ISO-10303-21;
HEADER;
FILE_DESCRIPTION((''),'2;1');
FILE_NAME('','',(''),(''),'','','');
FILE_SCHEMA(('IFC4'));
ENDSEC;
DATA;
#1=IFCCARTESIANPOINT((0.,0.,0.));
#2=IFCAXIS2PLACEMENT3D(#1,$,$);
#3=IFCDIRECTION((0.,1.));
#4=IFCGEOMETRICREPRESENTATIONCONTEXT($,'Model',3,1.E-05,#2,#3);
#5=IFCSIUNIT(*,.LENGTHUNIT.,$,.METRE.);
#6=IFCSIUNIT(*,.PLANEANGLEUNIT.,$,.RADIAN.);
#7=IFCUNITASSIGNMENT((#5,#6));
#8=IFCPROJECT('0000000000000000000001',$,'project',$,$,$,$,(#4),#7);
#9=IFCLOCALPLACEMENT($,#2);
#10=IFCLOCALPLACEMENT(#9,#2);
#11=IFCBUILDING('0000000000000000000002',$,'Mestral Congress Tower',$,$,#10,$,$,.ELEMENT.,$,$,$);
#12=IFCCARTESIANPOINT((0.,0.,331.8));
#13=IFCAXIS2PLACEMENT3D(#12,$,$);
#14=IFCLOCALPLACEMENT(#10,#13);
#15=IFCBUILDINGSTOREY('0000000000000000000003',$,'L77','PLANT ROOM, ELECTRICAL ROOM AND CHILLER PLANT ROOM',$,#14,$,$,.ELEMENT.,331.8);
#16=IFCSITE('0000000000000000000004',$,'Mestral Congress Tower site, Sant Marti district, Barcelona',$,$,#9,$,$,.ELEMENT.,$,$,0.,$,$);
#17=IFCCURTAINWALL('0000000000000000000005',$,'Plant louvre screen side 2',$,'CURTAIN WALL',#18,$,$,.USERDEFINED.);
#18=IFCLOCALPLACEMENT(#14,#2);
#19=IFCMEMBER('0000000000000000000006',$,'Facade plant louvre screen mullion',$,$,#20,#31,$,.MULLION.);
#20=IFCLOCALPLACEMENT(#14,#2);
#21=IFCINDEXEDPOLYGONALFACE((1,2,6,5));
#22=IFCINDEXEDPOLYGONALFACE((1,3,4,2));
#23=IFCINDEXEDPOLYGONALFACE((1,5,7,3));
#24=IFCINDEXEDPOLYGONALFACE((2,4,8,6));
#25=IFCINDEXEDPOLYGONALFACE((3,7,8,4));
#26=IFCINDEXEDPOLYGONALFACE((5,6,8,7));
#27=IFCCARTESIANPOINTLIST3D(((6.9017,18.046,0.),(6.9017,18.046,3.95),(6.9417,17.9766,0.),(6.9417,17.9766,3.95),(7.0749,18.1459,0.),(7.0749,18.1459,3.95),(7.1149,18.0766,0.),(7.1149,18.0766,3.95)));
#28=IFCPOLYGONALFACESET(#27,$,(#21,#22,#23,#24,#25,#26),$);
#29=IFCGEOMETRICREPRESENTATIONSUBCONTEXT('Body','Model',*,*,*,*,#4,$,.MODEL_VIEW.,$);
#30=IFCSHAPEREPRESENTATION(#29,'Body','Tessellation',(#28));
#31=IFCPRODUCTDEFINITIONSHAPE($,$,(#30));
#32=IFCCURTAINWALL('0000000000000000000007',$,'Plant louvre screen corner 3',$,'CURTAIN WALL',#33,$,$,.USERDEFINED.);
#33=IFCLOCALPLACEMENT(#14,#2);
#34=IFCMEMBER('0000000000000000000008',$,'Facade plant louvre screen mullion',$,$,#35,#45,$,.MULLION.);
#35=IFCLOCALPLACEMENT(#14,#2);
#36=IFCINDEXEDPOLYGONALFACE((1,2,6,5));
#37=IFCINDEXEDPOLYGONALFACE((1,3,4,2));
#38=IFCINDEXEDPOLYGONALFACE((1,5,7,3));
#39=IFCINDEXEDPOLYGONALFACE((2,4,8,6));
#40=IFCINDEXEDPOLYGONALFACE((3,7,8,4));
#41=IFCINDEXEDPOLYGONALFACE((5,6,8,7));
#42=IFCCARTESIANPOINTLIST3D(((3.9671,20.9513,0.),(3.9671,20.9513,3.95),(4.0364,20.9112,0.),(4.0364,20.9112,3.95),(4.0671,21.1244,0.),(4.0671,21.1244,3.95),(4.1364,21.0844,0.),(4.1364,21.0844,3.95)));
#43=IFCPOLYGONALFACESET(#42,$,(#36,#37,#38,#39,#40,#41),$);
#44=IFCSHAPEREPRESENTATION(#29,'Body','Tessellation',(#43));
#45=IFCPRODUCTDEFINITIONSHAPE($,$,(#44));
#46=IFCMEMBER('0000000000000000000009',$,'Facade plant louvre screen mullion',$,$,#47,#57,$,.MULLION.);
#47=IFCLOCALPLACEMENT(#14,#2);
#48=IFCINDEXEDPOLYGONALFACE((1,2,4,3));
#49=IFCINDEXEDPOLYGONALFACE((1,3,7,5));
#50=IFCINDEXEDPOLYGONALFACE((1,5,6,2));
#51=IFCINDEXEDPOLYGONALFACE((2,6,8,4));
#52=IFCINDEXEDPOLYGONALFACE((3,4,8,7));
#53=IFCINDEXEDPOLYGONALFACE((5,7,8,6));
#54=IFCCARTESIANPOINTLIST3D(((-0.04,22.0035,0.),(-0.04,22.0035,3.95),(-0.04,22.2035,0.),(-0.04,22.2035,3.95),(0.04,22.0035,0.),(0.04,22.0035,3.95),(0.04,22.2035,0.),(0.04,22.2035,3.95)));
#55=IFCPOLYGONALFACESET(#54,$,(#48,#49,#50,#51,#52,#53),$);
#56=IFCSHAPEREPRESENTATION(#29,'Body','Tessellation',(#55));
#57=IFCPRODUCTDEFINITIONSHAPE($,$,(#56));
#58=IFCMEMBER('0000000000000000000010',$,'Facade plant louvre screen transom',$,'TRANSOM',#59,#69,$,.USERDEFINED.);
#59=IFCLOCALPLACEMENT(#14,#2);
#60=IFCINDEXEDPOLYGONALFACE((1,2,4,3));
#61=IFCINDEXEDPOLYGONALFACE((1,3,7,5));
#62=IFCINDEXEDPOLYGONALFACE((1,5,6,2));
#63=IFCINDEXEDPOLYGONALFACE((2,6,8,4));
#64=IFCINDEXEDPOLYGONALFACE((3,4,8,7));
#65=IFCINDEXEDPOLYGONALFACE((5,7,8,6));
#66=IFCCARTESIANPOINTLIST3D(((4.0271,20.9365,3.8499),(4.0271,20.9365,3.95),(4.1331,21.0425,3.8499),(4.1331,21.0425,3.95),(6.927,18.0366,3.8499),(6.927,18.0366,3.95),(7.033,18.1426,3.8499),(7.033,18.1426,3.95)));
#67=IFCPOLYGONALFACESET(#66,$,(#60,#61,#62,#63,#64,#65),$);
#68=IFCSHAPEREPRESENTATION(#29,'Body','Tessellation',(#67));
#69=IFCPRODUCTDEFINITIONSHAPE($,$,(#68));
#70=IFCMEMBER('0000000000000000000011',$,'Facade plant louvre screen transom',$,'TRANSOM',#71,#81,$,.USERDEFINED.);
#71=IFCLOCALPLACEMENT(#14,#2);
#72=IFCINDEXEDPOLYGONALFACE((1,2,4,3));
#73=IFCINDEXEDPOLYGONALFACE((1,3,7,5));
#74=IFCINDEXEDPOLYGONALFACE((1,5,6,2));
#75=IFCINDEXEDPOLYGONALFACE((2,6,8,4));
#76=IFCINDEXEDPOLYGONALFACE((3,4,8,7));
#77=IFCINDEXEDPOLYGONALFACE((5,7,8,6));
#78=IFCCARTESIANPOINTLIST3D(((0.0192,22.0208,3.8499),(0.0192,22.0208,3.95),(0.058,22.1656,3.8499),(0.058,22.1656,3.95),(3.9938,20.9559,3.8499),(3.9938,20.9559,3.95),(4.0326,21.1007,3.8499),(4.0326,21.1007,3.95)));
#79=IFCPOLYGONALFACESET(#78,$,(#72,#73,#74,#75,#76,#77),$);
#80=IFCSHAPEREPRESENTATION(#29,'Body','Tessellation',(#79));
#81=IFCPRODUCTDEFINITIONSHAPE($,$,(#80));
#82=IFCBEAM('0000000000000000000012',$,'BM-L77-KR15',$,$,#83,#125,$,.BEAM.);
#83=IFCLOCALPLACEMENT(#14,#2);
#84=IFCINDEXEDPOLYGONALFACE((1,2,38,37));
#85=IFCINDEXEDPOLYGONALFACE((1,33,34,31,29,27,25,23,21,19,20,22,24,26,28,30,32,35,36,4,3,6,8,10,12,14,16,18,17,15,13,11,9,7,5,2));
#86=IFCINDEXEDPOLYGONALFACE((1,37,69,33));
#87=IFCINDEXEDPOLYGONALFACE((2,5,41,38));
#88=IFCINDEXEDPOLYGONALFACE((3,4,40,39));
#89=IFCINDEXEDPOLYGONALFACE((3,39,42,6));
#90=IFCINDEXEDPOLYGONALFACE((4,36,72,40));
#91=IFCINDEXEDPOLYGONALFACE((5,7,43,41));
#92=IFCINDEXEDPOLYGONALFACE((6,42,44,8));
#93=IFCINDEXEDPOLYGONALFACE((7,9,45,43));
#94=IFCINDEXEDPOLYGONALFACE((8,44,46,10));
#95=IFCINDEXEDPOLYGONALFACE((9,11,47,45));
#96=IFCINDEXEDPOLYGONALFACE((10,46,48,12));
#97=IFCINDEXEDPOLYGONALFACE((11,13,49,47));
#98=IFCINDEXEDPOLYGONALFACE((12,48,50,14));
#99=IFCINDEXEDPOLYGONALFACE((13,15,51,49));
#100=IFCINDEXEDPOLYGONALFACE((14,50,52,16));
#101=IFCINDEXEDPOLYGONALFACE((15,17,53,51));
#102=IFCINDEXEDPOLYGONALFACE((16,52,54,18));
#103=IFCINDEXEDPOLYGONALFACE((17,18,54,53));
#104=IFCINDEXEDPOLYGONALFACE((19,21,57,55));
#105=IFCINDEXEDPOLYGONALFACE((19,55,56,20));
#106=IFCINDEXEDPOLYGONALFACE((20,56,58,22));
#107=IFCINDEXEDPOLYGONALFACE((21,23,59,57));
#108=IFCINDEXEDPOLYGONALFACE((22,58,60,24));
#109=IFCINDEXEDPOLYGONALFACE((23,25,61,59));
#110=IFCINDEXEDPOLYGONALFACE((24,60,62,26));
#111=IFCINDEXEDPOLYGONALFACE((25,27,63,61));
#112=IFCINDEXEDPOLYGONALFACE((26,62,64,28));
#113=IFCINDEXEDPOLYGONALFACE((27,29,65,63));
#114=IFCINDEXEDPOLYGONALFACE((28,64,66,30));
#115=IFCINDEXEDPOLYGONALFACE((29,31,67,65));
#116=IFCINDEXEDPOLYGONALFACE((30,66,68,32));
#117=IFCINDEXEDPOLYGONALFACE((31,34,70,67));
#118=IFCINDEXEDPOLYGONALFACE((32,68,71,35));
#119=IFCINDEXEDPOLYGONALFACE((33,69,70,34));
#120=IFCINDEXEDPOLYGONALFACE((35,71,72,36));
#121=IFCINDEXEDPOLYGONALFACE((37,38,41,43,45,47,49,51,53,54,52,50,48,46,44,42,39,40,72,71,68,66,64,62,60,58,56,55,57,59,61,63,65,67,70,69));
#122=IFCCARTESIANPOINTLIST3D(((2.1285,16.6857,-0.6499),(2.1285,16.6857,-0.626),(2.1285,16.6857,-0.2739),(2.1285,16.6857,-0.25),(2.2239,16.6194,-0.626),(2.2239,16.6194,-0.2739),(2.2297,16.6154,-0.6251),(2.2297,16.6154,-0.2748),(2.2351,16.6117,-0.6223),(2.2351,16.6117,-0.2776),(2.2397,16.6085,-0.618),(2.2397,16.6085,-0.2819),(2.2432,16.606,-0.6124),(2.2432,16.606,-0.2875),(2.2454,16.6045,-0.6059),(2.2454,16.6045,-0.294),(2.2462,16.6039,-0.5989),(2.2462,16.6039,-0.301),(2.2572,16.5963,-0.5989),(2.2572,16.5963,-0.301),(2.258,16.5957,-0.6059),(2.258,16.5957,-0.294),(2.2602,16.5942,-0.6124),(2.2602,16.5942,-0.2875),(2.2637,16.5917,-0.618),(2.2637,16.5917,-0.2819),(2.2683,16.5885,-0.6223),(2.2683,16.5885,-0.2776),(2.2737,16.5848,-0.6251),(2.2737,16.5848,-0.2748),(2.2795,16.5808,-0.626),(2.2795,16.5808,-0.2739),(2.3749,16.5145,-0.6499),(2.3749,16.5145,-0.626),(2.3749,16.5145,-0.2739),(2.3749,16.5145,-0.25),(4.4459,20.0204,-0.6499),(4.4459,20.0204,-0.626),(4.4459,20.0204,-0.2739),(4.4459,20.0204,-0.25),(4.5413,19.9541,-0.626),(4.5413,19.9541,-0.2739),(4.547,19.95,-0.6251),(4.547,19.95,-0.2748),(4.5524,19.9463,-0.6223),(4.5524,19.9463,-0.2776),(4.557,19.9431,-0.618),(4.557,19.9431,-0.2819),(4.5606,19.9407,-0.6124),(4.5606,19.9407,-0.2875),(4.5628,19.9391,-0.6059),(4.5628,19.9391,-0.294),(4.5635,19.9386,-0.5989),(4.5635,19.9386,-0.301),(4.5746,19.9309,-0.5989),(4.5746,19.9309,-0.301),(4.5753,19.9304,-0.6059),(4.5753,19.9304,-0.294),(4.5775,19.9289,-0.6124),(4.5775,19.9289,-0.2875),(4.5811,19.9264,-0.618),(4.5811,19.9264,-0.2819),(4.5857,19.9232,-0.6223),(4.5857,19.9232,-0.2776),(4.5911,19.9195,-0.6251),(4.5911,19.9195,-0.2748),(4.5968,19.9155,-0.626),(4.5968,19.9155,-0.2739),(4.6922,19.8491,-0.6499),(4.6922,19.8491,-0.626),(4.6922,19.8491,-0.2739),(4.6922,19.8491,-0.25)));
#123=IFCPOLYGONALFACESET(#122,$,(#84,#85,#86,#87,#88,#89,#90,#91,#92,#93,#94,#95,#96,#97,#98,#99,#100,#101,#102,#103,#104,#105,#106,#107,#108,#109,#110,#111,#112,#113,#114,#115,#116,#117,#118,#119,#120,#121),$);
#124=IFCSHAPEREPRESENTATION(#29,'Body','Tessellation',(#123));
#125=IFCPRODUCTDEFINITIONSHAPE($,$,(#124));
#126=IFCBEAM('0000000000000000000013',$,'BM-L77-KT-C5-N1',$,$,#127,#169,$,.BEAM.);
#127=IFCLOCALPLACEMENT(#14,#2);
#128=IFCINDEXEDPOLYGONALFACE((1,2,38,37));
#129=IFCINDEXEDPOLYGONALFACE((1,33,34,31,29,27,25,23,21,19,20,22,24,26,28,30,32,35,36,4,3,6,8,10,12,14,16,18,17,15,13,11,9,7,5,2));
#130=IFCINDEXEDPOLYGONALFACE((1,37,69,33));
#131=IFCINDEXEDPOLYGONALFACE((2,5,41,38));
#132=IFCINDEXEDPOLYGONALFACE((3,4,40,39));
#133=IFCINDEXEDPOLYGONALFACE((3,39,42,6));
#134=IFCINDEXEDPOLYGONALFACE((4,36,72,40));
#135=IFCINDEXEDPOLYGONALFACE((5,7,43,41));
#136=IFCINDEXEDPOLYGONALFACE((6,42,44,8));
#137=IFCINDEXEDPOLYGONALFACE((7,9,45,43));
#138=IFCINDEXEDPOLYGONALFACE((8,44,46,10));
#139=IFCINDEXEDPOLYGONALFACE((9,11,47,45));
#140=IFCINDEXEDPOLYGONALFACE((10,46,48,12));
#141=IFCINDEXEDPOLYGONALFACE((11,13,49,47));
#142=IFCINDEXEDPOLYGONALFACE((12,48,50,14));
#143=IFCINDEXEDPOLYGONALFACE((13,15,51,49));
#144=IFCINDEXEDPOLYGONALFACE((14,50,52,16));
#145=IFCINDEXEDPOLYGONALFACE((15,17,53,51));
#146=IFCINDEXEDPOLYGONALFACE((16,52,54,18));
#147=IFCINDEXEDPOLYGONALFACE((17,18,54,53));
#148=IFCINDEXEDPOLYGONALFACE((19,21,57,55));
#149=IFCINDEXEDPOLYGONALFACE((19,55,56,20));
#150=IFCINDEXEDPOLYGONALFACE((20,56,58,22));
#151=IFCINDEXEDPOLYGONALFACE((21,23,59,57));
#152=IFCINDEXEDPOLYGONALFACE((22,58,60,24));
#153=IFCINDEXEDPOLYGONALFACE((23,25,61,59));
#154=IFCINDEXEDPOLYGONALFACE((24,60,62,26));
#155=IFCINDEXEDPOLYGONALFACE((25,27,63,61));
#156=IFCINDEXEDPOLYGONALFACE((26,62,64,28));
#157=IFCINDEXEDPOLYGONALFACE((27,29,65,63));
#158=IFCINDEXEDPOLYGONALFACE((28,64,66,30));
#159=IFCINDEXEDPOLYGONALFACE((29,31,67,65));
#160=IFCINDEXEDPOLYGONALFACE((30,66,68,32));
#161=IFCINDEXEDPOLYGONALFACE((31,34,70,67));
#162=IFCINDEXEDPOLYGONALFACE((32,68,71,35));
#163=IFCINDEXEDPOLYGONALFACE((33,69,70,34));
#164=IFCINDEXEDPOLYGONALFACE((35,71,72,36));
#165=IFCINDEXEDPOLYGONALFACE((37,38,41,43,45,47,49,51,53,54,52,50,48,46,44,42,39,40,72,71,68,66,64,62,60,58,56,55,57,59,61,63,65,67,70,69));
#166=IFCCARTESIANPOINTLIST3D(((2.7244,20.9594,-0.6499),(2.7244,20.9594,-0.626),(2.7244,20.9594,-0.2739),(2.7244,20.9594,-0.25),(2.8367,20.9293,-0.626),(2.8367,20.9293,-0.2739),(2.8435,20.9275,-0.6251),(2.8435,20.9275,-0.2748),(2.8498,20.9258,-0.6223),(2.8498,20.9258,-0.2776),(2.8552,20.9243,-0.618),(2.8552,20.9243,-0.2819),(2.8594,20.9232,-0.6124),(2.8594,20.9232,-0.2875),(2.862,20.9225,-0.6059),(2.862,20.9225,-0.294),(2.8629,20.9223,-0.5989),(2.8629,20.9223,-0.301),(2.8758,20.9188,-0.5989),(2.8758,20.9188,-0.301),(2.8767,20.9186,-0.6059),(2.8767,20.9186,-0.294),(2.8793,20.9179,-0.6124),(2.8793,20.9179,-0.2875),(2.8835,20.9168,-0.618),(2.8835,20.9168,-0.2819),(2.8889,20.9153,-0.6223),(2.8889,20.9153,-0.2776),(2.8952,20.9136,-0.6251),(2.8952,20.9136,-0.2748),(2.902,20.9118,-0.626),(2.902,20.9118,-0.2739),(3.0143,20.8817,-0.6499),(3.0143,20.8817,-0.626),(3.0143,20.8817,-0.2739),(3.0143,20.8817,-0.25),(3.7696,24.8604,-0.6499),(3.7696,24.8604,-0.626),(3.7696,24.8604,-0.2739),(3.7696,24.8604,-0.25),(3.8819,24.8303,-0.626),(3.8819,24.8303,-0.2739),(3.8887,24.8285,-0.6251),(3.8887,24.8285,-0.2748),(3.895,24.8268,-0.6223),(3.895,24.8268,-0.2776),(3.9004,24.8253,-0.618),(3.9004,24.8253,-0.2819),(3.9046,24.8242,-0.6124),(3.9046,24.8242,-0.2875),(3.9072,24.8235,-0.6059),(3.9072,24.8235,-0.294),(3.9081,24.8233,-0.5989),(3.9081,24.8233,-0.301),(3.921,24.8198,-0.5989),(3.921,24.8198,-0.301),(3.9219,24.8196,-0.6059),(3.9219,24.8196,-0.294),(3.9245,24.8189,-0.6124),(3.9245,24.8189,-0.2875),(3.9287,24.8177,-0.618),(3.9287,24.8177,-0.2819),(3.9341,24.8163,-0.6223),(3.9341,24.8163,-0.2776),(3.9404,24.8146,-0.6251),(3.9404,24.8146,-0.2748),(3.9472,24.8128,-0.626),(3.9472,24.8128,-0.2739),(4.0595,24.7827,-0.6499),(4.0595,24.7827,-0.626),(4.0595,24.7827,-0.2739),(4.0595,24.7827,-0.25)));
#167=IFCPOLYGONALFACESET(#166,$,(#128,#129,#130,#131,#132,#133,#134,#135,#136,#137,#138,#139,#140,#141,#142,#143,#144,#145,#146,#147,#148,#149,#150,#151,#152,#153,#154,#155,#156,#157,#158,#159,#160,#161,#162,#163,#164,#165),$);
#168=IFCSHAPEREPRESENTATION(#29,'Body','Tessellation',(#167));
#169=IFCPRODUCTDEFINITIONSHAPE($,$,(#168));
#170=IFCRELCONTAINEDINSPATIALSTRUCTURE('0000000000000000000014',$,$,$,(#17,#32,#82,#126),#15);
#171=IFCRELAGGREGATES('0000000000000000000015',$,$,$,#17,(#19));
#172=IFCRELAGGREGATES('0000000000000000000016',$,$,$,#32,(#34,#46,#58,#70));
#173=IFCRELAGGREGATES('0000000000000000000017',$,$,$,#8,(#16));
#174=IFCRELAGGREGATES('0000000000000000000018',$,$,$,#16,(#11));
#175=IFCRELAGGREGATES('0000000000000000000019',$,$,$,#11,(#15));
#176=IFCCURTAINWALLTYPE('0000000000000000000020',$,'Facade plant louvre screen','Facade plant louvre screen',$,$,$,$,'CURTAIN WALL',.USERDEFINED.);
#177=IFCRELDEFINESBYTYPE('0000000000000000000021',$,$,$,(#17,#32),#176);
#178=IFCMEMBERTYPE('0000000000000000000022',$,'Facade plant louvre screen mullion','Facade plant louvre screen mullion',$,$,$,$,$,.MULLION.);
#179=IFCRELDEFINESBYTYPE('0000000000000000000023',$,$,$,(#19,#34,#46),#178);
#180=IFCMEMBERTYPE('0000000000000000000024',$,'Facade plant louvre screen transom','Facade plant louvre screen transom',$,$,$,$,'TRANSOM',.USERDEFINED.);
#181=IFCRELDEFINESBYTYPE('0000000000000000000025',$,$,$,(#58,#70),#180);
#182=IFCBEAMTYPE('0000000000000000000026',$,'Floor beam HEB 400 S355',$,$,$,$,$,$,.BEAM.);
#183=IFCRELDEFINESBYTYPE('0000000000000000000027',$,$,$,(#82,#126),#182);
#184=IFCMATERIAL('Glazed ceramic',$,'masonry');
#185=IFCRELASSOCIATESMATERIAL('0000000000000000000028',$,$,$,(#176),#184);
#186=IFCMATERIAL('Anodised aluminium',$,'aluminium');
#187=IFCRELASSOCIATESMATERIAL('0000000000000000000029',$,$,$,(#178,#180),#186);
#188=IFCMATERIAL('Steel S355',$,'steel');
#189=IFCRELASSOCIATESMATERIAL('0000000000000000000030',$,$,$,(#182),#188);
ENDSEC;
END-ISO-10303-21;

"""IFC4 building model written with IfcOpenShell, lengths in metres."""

from ifc_helpers import new_model, si_unit, direction, frame, origin, origin_2d, place, context, subcontext, project, spatial, rectangle, i_section, extrude, material, material_profile, profile_set, type_object, element, aggregate, save


model = new_model("IFC4")

# Units and contexts
model_context = context("Model", 3, precision=1e-05, world=origin(), true_north=direction((0.0, 1.0)))
body_context = subcontext(model_context, "Body", "Model", "MODEL_VIEW")
ifc_project = project(units=[si_unit("LENGTHUNIT", "METRE"), si_unit("PLANEANGLEUNIT", "RADIAN")], contexts=[model_context])

# Site, building, storey
site_placement = place(None, origin())
site = spatial("IfcSite", under=ifc_project, at=site_placement, Name="Mestral Congress Tower site, Sant Marti district, Barcelona", CompositionType="ELEMENT", RefElevation=0.0)
building_placement = place(site_placement, origin())
building = spatial("IfcBuilding", under=site, at=building_placement, Name="Mestral Congress Tower", CompositionType="ELEMENT")
storey_placement = place(building_placement, frame((0.0, 0.0, 331.8)))
storey = spatial("IfcBuildingStorey", under=building, at=storey_placement, Name="L77", Description="PLANT ROOM, ELECTRICAL ROOM AND CHILLER PLANT ROOM", CompositionType="ELEMENT", Elevation=331.8)

# Shared definitions
ifc_material_1 = material(Name="Steel S355", Category="steel")

# Curtain wall, member
ifc_material_2 = material(Name="Glazed ceramic", Category="masonry")
curtain_wall_type = type_object("IfcCurtainWallType", Name="Facade plant louvre screen", Description="Facade plant louvre screen", ElementType="CURTAIN WALL", PredefinedType="USERDEFINED", material=ifc_material_2)
placement = place(storey_placement, origin())
curtain_wall_1 = element("IfcCurtainWall", 1, at=placement, inside=storey, type_object=curtain_wall_type, Name="Plant louvre screen side 2", ObjectType="CURTAIN WALL", PredefinedType="USERDEFINED")
ifc_material_3 = material(Name="Anodised aluminium", Category="aluminium")
ifc_material_profile_1 = material_profile(ifc_material_3, rectangle(XDim=0.2, YDim=0.0801, at=origin_2d()), Name="CW6 mullion 200 x 80")
ifc_profile_set_1 = profile_set([ifc_material_profile_1], Name="Anodised aluminium")
member_type_1 = type_object("IfcMemberType", Name="Facade plant louvre screen mullion", Description="Facade plant louvre screen mullion", PredefinedType="MULLION", material=ifc_profile_set_1)
member_1_placement = place(storey_placement, frame((7.0083, 18.0613, 0.0), z_axis=(0.0, 0.0, 1.0), x_axis=(0.866025, 0.500002, 0.0)))
member_1 = element("IfcMember", 2, at=member_1_placement, type_object=member_type_1, Name="Facade plant louvre screen mullion", PredefinedType="MULLION", context=body_context, shape_type="SweptSolid", body=[
    extrude(rectangle(XDim=0.2, YDim=0.0801, at=origin_2d()), origin(), (0.0, 0.0, 1.0), 3.95),
])

# Curtain wall, members
curtain_wall_2 = element("IfcCurtainWall", 3, at=placement, inside=storey, type_object=curtain_wall_type, Name="Plant louvre screen corner 3", ObjectType="CURTAIN WALL", PredefinedType="USERDEFINED")
member_2_placement = place(storey_placement, frame((4.0518, 21.0178, 0.0), z_axis=(0.0, 0.0, 1.0), x_axis=(0.5, 0.866025, 0.0)))
member_2 = element("IfcMember", 4, at=member_2_placement, type_object=member_type_1, Name="Facade plant louvre screen mullion", PredefinedType="MULLION", context=body_context, shape_type="SweptSolid", body=[
    extrude(rectangle(XDim=0.2, YDim=0.0801, at=origin_2d()), origin(), (0.0, 0.0, 1.0), 3.95),
])
member_3_placement = place(storey_placement, frame((0.0, 22.1035, 0.0), z_axis=(0.0, 0.0, 1.0), x_axis=(0.0, 1.0, 0.0)))
member_3 = element("IfcMember", 5, at=member_3_placement, type_object=member_type_1, Name="Facade plant louvre screen mullion", PredefinedType="MULLION", context=body_context, shape_type="SweptSolid", body=[
    extrude(rectangle(XDim=0.2, YDim=0.0801, at=origin_2d()), origin(), (0.0, 0.0, 1.0), 3.95),
])
ifc_material_profile_2 = material_profile(ifc_material_3, rectangle(XDim=0.1499, YDim=0.1001, at=origin_2d()), Name="CW6 transom 150 x 100")
ifc_profile_set_2 = profile_set([ifc_material_profile_2], Name="Anodised aluminium")
member_type_2 = type_object("IfcMemberType", Name="Facade plant louvre screen transom", Description="Facade plant louvre screen transom", ElementType="TRANSOM", PredefinedType="USERDEFINED", material=ifc_profile_set_2)
member_4_placement = place(storey_placement, frame((6.98, 18.0896, 3.8999), z_axis=(-0.707107, 0.707107, 0.0), x_axis=(-0.707107, -0.707107, 0.0)))
member_4 = element("IfcMember", 6, at=member_4_placement, type_object=member_type_2, Name="Facade plant louvre screen transom", ObjectType="TRANSOM", PredefinedType="USERDEFINED", context=body_context, shape_type="SweptSolid", body=[
    extrude(rectangle(XDim=0.1499, YDim=0.1001, at=origin_2d()), origin(), (0.0, 0.0, 1.0), 4.1011),
])
member_5_placement = place(storey_placement, frame((4.0132, 21.0283, 3.8999), z_axis=(-0.965929, 0.258807, 0.0), x_axis=(-0.258807, -0.965929, 0.0)))
member_5 = element("IfcMember", 7, at=member_5_placement, type_object=member_type_2, Name="Facade plant louvre screen transom", ObjectType="TRANSOM", PredefinedType="USERDEFINED", context=body_context, shape_type="SweptSolid", body=[
    extrude(rectangle(XDim=0.1499, YDim=0.1001, at=origin_2d()), origin(), (0.0, 0.0, 1.0), 4.1147),
])

# Beams
ifc_material_profile_3 = material_profile(ifc_material_1, i_section(OverallWidth=0.3, OverallDepth=0.3999, WebThickness=0.0134, FlangeThickness=0.0239, FilletRadius=0.0271, at=origin_2d()), Name="HEB 400")
ifc_profile_set_3 = profile_set([ifc_material_profile_3], Name="Steel S355")
beam_type_1 = type_object("IfcBeamType", Name="Floor beam HEB 400 S355", PredefinedType="BEAM", material=ifc_profile_set_3)
beam_1_placement = place(storey_placement, frame((2.2517, 16.6001, -0.45), z_axis=(0.570663, 0.821184, 0.0), x_axis=(-0.821184, 0.570663, 0.0)))
element("IfcBeam", 8, at=beam_1_placement, inside=storey, type_object=beam_type_1, Name="BM-L77-KR15", PredefinedType="BEAM", context=body_context, shape_type="SweptSolid", body=[
    extrude(i_section(OverallWidth=0.3, OverallDepth=0.3999, WebThickness=0.0134, FlangeThickness=0.0239, FilletRadius=0.0271, at=origin_2d()), origin(), (0.0, 0.0, 1.0), 4.0608),
])
beam_2_placement = place(storey_placement, frame((3.9146, 24.8215, -0.45), z_axis=(-0.258803, -0.96593, 0.0), x_axis=(0.96593, -0.258803, 0.0)))
element("IfcBeam", 9, at=beam_2_placement, inside=storey, type_object=beam_type_1, Name="BM-L77-KT-C5-N1", PredefinedType="BEAM", context=body_context, shape_type="SweptSolid", body=[
    extrude(i_section(OverallWidth=0.3, OverallDepth=0.3999, WebThickness=0.0134, FlangeThickness=0.0239, FilletRadius=0.0271, at=origin_2d()), origin(), (0.0, 0.0, 1.0), 4.0386),
])

aggregate(curtain_wall_1, [member_1])
aggregate(curtain_wall_2, [member_2, member_3, member_4, member_5])

save(model, "model.ifc")
